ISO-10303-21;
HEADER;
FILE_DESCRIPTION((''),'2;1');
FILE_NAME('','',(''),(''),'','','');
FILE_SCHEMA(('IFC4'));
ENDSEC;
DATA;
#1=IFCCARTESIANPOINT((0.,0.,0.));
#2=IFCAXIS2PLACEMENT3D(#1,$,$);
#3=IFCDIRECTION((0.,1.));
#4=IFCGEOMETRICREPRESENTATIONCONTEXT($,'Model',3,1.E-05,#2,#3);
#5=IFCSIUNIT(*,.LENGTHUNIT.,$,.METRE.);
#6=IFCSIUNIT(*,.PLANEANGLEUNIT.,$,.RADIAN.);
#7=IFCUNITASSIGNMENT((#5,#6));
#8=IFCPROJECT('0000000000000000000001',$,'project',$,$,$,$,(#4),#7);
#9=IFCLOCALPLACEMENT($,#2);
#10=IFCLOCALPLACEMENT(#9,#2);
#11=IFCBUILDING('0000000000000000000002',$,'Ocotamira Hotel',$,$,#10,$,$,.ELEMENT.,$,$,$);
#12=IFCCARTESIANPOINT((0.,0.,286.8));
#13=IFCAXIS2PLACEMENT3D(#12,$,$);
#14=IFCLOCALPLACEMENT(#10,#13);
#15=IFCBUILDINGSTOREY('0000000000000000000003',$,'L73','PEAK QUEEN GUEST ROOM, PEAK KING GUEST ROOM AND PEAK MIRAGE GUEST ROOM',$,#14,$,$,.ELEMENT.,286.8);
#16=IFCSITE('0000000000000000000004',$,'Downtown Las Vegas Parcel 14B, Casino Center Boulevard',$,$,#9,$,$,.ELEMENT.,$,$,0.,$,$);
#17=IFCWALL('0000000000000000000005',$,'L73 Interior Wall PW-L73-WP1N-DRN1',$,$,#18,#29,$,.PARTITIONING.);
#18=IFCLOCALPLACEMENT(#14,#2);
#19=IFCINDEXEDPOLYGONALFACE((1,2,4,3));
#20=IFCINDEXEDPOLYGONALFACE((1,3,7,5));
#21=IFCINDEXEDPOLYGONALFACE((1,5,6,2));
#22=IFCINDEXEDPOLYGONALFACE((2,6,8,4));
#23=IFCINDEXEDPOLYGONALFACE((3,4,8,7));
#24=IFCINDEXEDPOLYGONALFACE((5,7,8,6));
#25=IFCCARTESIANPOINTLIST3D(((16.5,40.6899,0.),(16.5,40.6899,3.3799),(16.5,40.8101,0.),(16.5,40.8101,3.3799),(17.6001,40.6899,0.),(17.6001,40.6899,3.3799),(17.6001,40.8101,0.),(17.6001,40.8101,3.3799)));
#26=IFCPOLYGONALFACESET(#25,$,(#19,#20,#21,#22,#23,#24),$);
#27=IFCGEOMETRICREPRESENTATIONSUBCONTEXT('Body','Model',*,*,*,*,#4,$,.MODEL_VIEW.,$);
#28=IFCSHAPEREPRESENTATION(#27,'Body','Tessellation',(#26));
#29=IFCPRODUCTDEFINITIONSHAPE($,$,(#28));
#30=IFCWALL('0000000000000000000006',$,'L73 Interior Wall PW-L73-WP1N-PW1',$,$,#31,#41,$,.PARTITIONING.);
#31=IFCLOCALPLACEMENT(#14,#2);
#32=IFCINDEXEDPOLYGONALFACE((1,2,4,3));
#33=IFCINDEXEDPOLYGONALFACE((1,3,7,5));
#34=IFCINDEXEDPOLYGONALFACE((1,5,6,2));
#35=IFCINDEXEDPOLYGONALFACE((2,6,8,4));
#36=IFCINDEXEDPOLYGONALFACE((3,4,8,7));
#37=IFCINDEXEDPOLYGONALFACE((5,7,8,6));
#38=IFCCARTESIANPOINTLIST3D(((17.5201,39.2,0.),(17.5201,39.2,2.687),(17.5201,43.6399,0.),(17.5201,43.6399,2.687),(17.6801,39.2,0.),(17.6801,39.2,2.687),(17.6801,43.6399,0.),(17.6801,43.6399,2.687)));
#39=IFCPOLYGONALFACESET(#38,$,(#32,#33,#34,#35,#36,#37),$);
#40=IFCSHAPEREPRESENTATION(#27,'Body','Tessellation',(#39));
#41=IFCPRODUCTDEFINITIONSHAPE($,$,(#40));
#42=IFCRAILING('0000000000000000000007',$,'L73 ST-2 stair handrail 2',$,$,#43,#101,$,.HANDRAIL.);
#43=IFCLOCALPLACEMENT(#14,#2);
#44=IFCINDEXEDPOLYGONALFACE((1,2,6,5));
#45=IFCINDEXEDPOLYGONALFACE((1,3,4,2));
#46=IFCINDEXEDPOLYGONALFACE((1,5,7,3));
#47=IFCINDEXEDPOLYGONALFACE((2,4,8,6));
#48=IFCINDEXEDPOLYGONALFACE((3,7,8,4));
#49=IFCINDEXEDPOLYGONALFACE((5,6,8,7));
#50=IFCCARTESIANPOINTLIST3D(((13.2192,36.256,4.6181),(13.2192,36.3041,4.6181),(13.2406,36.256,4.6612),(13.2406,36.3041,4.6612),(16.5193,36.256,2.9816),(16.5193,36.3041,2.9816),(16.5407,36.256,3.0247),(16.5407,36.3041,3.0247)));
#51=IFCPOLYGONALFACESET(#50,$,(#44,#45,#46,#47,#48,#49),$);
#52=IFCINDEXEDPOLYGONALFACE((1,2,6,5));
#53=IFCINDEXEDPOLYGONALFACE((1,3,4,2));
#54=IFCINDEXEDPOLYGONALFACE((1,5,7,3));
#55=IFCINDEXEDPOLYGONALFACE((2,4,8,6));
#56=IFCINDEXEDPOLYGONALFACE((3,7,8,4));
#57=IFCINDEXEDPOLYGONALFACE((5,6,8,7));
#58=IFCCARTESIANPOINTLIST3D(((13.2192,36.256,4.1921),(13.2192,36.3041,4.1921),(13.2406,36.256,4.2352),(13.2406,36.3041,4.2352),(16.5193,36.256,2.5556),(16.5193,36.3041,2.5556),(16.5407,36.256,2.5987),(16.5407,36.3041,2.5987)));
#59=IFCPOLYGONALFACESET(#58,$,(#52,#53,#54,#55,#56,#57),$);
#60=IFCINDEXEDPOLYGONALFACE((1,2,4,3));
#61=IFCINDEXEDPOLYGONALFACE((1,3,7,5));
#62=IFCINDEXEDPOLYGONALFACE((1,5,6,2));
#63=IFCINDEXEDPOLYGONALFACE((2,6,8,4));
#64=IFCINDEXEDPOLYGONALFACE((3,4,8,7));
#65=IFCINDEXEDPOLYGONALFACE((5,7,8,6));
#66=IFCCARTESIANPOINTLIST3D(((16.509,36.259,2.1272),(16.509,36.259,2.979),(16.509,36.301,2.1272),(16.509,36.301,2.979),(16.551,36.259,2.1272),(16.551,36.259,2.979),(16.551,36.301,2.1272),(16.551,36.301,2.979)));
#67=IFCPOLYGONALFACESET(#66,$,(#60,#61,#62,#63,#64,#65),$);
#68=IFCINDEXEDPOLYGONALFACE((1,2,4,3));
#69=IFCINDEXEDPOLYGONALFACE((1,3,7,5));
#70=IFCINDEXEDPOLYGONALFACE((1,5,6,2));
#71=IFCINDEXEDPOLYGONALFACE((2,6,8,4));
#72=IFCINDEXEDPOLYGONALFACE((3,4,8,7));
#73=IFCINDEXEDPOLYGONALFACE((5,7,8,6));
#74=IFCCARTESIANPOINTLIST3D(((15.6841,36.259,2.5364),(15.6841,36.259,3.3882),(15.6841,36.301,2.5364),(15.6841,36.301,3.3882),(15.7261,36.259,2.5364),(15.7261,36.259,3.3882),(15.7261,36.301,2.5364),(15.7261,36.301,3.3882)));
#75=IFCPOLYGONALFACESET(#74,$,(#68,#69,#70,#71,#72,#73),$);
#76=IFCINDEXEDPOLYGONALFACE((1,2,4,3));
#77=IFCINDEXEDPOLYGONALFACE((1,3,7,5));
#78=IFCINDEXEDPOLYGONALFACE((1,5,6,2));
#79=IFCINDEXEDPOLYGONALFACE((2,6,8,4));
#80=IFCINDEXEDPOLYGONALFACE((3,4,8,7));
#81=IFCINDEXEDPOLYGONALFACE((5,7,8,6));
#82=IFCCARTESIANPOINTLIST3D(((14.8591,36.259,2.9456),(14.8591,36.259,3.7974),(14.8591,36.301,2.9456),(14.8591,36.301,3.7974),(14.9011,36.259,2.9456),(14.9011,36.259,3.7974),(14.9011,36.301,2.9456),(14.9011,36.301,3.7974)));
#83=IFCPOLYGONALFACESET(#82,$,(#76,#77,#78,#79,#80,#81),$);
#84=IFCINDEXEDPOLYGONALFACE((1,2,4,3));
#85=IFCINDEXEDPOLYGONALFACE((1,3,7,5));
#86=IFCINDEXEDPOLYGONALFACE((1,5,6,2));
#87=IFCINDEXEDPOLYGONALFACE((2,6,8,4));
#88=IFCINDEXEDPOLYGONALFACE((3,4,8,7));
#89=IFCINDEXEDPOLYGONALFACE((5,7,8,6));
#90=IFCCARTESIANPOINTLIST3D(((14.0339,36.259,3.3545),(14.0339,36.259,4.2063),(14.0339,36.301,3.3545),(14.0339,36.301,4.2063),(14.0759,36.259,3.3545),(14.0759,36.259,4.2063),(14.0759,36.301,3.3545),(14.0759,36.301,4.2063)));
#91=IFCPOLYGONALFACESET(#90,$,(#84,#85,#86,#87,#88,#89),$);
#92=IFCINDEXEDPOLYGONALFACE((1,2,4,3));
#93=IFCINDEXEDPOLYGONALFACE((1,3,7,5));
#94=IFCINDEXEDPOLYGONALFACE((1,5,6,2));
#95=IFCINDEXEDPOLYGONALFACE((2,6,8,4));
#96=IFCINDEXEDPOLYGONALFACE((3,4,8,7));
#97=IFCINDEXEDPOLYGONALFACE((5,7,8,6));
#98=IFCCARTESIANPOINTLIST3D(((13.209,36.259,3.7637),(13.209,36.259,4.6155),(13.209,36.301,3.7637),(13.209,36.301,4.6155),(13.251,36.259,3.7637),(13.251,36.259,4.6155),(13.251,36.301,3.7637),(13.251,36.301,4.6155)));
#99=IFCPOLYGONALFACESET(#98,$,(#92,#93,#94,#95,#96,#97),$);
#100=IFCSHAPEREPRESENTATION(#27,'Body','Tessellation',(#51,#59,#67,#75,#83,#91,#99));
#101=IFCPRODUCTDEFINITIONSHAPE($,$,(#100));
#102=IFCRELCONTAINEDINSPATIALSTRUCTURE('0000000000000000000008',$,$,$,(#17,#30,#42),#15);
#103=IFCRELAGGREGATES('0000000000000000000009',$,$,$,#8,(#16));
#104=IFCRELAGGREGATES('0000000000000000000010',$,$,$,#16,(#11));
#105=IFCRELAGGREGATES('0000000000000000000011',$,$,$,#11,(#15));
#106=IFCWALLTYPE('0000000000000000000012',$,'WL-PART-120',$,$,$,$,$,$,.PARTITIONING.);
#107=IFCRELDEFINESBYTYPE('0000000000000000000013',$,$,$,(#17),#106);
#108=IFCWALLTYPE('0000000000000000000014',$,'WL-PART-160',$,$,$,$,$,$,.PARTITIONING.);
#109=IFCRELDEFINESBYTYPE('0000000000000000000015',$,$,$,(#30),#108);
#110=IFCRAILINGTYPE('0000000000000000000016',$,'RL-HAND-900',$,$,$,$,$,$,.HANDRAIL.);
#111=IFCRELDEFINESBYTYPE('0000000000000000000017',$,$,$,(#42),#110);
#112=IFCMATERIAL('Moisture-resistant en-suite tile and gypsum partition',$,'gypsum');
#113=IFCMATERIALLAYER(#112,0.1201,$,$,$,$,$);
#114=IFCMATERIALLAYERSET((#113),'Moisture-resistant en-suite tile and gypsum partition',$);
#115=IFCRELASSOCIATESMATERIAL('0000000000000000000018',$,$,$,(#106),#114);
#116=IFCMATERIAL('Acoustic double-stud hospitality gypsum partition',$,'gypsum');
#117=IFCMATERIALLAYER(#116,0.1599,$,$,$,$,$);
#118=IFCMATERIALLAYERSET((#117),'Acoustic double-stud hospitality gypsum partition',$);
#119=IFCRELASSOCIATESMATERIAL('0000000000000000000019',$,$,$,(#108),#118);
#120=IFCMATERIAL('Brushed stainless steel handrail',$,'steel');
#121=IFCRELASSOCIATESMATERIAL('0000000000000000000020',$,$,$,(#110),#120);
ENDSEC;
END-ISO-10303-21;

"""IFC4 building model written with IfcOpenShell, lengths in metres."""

from ifc_helpers import new_model, si_unit, direction, frame, frame_2d, origin, origin_2d, place, context, subcontext, project, spatial, rectangle, extrude, material, layer, layer_set, type_object, element, save


model = new_model("IFC4")

# Units and contexts
model_context = context("Model", 3, precision=1e-05, world=origin(), true_north=direction((0.0, 1.0)))
body_context = subcontext(model_context, "Body", "Model", "MODEL_VIEW")
ifc_project = project(units=[si_unit("LENGTHUNIT", "METRE"), si_unit("PLANEANGLEUNIT", "RADIAN")], contexts=[model_context])

# Site, building, storey
site_placement = place(None, origin())
site = spatial("IfcSite", under=ifc_project, at=site_placement, Name="Downtown Las Vegas Parcel 14B, Casino Center Boulevard", CompositionType="ELEMENT", RefElevation=0.0)
building_placement = place(site_placement, origin())
building = spatial("IfcBuilding", under=site, at=building_placement, Name="Ocotamira Hotel", CompositionType="ELEMENT")
storey_placement = place(building_placement, frame((0.0, 0.0, 286.8)))
storey = spatial("IfcBuildingStorey", under=building, at=storey_placement, Name="L73", Description="PEAK QUEEN GUEST ROOM, PEAK KING GUEST ROOM AND PEAK MIRAGE GUEST ROOM", CompositionType="ELEMENT", Elevation=286.8)

# Shared definitions
ifc_material_1 = material(Name="Moisture-resistant en-suite tile and gypsum partition", Category="gypsum")
ifc_layer_1 = layer(ifc_material_1, 0.1201)
ifc_layer_set_1 = layer_set([ifc_layer_1], Name="Moisture-resistant en-suite tile and gypsum partition")
wall_type_1 = type_object("IfcWallType", Name="WL-PART-120", PredefinedType="PARTITIONING", material=ifc_layer_set_1)

# Walls
wall_1_placement = place(storey_placement, frame((16.5, 40.75, 0.0), z_axis=(0.0, 0.0, 1.0), x_axis=(1.0, 0.0, 0.0)))
element("IfcWall", 1, at=wall_1_placement, inside=storey, type_object=wall_type_1, Name="L73 Interior Wall PW-L73-WP1N-DRN1", PredefinedType="PARTITIONING", context=body_context, shape_type="SweptSolid", body=[
    extrude(rectangle(XDim=1.1001, YDim=0.1201, at=frame_2d((0.55, 0.0))), origin(), (0.0, 0.0, 1.0), 3.3799),
])
ifc_material_2 = material(Name="Acoustic double-stud hospitality gypsum partition", Category="gypsum")
ifc_layer_2 = layer(ifc_material_2, 0.1599)
ifc_layer_set_2 = layer_set([ifc_layer_2], Name="Acoustic double-stud hospitality gypsum partition")
wall_type_2 = type_object("IfcWallType", Name="WL-PART-160", PredefinedType="PARTITIONING", material=ifc_layer_set_2)
wall_2_placement = place(storey_placement, frame((17.6001, 39.2, 0.0), z_axis=(0.0, 0.0, 1.0), x_axis=(0.0, 1.0, 0.0)))
element("IfcWall", 2, at=wall_2_placement, inside=storey, type_object=wall_type_2, Name="L73 Interior Wall PW-L73-WP1N-PW1", PredefinedType="PARTITIONING", context=body_context, shape_type="SweptSolid", body=[
    extrude(rectangle(XDim=4.4399, YDim=0.1599, at=frame_2d((2.22, 0.0))), origin(), (0.0, 0.0, 1.0), 2.687),
])

# Railing
ifc_material_3 = material(Name="Brushed stainless steel handrail", Category="steel")
railing_type = type_object("IfcRailingType", Name="RL-HAND-900", PredefinedType="HANDRAIL", material=ifc_material_3)
railing_placement = place(storey_placement, frame((16.53, 36.28, 2.1272)))
element("IfcRailing", 3, at=railing_placement, inside=storey, type_object=railing_type, Name="L73 ST-2 stair handrail 2", PredefinedType="HANDRAIL", context=body_context, shape_type="SweptSolid", body=[
    extrude(rectangle(XDim=0.0481, YDim=0.0481, at=origin_2d()), frame((0.0, 0.0, 0.876), z_axis=(-0.895894, 0.0, 0.444268), x_axis=(0.0, -1.0, 0.0)), (0.0, 0.0, 1.0), 3.6836),
    extrude(rectangle(XDim=0.0481, YDim=0.0481, at=origin_2d()), frame((0.0, 0.0, 0.45), z_axis=(-0.895894, 0.0, 0.444268), x_axis=(0.0, -1.0, 0.0)), (0.0, 0.0, 1.0), 3.6836),
    extrude(rectangle(XDim=0.042, YDim=0.042, at=origin_2d()), origin(), (0.0, 0.0, 1.0), 0.8518),
    extrude(rectangle(XDim=0.042, YDim=0.042, at=origin_2d()), frame((-0.825, 0.0, 0.4092)), (0.0, 0.0, 1.0), 0.8518),
    extrude(rectangle(XDim=0.042, YDim=0.042, at=origin_2d()), frame((-1.6499, 0.0, 0.8184)), (0.0, 0.0, 1.0), 0.8518),
    extrude(rectangle(XDim=0.042, YDim=0.042, at=origin_2d()), frame((-2.4751, 0.0, 1.2273)), (0.0, 0.0, 1.0), 0.8518),
    extrude(rectangle(XDim=0.042, YDim=0.042, at=origin_2d()), frame((-3.3, 0.0, 1.6365)), (0.0, 0.0, 1.0), 0.8518),
])

save(model, "model.ifc")
